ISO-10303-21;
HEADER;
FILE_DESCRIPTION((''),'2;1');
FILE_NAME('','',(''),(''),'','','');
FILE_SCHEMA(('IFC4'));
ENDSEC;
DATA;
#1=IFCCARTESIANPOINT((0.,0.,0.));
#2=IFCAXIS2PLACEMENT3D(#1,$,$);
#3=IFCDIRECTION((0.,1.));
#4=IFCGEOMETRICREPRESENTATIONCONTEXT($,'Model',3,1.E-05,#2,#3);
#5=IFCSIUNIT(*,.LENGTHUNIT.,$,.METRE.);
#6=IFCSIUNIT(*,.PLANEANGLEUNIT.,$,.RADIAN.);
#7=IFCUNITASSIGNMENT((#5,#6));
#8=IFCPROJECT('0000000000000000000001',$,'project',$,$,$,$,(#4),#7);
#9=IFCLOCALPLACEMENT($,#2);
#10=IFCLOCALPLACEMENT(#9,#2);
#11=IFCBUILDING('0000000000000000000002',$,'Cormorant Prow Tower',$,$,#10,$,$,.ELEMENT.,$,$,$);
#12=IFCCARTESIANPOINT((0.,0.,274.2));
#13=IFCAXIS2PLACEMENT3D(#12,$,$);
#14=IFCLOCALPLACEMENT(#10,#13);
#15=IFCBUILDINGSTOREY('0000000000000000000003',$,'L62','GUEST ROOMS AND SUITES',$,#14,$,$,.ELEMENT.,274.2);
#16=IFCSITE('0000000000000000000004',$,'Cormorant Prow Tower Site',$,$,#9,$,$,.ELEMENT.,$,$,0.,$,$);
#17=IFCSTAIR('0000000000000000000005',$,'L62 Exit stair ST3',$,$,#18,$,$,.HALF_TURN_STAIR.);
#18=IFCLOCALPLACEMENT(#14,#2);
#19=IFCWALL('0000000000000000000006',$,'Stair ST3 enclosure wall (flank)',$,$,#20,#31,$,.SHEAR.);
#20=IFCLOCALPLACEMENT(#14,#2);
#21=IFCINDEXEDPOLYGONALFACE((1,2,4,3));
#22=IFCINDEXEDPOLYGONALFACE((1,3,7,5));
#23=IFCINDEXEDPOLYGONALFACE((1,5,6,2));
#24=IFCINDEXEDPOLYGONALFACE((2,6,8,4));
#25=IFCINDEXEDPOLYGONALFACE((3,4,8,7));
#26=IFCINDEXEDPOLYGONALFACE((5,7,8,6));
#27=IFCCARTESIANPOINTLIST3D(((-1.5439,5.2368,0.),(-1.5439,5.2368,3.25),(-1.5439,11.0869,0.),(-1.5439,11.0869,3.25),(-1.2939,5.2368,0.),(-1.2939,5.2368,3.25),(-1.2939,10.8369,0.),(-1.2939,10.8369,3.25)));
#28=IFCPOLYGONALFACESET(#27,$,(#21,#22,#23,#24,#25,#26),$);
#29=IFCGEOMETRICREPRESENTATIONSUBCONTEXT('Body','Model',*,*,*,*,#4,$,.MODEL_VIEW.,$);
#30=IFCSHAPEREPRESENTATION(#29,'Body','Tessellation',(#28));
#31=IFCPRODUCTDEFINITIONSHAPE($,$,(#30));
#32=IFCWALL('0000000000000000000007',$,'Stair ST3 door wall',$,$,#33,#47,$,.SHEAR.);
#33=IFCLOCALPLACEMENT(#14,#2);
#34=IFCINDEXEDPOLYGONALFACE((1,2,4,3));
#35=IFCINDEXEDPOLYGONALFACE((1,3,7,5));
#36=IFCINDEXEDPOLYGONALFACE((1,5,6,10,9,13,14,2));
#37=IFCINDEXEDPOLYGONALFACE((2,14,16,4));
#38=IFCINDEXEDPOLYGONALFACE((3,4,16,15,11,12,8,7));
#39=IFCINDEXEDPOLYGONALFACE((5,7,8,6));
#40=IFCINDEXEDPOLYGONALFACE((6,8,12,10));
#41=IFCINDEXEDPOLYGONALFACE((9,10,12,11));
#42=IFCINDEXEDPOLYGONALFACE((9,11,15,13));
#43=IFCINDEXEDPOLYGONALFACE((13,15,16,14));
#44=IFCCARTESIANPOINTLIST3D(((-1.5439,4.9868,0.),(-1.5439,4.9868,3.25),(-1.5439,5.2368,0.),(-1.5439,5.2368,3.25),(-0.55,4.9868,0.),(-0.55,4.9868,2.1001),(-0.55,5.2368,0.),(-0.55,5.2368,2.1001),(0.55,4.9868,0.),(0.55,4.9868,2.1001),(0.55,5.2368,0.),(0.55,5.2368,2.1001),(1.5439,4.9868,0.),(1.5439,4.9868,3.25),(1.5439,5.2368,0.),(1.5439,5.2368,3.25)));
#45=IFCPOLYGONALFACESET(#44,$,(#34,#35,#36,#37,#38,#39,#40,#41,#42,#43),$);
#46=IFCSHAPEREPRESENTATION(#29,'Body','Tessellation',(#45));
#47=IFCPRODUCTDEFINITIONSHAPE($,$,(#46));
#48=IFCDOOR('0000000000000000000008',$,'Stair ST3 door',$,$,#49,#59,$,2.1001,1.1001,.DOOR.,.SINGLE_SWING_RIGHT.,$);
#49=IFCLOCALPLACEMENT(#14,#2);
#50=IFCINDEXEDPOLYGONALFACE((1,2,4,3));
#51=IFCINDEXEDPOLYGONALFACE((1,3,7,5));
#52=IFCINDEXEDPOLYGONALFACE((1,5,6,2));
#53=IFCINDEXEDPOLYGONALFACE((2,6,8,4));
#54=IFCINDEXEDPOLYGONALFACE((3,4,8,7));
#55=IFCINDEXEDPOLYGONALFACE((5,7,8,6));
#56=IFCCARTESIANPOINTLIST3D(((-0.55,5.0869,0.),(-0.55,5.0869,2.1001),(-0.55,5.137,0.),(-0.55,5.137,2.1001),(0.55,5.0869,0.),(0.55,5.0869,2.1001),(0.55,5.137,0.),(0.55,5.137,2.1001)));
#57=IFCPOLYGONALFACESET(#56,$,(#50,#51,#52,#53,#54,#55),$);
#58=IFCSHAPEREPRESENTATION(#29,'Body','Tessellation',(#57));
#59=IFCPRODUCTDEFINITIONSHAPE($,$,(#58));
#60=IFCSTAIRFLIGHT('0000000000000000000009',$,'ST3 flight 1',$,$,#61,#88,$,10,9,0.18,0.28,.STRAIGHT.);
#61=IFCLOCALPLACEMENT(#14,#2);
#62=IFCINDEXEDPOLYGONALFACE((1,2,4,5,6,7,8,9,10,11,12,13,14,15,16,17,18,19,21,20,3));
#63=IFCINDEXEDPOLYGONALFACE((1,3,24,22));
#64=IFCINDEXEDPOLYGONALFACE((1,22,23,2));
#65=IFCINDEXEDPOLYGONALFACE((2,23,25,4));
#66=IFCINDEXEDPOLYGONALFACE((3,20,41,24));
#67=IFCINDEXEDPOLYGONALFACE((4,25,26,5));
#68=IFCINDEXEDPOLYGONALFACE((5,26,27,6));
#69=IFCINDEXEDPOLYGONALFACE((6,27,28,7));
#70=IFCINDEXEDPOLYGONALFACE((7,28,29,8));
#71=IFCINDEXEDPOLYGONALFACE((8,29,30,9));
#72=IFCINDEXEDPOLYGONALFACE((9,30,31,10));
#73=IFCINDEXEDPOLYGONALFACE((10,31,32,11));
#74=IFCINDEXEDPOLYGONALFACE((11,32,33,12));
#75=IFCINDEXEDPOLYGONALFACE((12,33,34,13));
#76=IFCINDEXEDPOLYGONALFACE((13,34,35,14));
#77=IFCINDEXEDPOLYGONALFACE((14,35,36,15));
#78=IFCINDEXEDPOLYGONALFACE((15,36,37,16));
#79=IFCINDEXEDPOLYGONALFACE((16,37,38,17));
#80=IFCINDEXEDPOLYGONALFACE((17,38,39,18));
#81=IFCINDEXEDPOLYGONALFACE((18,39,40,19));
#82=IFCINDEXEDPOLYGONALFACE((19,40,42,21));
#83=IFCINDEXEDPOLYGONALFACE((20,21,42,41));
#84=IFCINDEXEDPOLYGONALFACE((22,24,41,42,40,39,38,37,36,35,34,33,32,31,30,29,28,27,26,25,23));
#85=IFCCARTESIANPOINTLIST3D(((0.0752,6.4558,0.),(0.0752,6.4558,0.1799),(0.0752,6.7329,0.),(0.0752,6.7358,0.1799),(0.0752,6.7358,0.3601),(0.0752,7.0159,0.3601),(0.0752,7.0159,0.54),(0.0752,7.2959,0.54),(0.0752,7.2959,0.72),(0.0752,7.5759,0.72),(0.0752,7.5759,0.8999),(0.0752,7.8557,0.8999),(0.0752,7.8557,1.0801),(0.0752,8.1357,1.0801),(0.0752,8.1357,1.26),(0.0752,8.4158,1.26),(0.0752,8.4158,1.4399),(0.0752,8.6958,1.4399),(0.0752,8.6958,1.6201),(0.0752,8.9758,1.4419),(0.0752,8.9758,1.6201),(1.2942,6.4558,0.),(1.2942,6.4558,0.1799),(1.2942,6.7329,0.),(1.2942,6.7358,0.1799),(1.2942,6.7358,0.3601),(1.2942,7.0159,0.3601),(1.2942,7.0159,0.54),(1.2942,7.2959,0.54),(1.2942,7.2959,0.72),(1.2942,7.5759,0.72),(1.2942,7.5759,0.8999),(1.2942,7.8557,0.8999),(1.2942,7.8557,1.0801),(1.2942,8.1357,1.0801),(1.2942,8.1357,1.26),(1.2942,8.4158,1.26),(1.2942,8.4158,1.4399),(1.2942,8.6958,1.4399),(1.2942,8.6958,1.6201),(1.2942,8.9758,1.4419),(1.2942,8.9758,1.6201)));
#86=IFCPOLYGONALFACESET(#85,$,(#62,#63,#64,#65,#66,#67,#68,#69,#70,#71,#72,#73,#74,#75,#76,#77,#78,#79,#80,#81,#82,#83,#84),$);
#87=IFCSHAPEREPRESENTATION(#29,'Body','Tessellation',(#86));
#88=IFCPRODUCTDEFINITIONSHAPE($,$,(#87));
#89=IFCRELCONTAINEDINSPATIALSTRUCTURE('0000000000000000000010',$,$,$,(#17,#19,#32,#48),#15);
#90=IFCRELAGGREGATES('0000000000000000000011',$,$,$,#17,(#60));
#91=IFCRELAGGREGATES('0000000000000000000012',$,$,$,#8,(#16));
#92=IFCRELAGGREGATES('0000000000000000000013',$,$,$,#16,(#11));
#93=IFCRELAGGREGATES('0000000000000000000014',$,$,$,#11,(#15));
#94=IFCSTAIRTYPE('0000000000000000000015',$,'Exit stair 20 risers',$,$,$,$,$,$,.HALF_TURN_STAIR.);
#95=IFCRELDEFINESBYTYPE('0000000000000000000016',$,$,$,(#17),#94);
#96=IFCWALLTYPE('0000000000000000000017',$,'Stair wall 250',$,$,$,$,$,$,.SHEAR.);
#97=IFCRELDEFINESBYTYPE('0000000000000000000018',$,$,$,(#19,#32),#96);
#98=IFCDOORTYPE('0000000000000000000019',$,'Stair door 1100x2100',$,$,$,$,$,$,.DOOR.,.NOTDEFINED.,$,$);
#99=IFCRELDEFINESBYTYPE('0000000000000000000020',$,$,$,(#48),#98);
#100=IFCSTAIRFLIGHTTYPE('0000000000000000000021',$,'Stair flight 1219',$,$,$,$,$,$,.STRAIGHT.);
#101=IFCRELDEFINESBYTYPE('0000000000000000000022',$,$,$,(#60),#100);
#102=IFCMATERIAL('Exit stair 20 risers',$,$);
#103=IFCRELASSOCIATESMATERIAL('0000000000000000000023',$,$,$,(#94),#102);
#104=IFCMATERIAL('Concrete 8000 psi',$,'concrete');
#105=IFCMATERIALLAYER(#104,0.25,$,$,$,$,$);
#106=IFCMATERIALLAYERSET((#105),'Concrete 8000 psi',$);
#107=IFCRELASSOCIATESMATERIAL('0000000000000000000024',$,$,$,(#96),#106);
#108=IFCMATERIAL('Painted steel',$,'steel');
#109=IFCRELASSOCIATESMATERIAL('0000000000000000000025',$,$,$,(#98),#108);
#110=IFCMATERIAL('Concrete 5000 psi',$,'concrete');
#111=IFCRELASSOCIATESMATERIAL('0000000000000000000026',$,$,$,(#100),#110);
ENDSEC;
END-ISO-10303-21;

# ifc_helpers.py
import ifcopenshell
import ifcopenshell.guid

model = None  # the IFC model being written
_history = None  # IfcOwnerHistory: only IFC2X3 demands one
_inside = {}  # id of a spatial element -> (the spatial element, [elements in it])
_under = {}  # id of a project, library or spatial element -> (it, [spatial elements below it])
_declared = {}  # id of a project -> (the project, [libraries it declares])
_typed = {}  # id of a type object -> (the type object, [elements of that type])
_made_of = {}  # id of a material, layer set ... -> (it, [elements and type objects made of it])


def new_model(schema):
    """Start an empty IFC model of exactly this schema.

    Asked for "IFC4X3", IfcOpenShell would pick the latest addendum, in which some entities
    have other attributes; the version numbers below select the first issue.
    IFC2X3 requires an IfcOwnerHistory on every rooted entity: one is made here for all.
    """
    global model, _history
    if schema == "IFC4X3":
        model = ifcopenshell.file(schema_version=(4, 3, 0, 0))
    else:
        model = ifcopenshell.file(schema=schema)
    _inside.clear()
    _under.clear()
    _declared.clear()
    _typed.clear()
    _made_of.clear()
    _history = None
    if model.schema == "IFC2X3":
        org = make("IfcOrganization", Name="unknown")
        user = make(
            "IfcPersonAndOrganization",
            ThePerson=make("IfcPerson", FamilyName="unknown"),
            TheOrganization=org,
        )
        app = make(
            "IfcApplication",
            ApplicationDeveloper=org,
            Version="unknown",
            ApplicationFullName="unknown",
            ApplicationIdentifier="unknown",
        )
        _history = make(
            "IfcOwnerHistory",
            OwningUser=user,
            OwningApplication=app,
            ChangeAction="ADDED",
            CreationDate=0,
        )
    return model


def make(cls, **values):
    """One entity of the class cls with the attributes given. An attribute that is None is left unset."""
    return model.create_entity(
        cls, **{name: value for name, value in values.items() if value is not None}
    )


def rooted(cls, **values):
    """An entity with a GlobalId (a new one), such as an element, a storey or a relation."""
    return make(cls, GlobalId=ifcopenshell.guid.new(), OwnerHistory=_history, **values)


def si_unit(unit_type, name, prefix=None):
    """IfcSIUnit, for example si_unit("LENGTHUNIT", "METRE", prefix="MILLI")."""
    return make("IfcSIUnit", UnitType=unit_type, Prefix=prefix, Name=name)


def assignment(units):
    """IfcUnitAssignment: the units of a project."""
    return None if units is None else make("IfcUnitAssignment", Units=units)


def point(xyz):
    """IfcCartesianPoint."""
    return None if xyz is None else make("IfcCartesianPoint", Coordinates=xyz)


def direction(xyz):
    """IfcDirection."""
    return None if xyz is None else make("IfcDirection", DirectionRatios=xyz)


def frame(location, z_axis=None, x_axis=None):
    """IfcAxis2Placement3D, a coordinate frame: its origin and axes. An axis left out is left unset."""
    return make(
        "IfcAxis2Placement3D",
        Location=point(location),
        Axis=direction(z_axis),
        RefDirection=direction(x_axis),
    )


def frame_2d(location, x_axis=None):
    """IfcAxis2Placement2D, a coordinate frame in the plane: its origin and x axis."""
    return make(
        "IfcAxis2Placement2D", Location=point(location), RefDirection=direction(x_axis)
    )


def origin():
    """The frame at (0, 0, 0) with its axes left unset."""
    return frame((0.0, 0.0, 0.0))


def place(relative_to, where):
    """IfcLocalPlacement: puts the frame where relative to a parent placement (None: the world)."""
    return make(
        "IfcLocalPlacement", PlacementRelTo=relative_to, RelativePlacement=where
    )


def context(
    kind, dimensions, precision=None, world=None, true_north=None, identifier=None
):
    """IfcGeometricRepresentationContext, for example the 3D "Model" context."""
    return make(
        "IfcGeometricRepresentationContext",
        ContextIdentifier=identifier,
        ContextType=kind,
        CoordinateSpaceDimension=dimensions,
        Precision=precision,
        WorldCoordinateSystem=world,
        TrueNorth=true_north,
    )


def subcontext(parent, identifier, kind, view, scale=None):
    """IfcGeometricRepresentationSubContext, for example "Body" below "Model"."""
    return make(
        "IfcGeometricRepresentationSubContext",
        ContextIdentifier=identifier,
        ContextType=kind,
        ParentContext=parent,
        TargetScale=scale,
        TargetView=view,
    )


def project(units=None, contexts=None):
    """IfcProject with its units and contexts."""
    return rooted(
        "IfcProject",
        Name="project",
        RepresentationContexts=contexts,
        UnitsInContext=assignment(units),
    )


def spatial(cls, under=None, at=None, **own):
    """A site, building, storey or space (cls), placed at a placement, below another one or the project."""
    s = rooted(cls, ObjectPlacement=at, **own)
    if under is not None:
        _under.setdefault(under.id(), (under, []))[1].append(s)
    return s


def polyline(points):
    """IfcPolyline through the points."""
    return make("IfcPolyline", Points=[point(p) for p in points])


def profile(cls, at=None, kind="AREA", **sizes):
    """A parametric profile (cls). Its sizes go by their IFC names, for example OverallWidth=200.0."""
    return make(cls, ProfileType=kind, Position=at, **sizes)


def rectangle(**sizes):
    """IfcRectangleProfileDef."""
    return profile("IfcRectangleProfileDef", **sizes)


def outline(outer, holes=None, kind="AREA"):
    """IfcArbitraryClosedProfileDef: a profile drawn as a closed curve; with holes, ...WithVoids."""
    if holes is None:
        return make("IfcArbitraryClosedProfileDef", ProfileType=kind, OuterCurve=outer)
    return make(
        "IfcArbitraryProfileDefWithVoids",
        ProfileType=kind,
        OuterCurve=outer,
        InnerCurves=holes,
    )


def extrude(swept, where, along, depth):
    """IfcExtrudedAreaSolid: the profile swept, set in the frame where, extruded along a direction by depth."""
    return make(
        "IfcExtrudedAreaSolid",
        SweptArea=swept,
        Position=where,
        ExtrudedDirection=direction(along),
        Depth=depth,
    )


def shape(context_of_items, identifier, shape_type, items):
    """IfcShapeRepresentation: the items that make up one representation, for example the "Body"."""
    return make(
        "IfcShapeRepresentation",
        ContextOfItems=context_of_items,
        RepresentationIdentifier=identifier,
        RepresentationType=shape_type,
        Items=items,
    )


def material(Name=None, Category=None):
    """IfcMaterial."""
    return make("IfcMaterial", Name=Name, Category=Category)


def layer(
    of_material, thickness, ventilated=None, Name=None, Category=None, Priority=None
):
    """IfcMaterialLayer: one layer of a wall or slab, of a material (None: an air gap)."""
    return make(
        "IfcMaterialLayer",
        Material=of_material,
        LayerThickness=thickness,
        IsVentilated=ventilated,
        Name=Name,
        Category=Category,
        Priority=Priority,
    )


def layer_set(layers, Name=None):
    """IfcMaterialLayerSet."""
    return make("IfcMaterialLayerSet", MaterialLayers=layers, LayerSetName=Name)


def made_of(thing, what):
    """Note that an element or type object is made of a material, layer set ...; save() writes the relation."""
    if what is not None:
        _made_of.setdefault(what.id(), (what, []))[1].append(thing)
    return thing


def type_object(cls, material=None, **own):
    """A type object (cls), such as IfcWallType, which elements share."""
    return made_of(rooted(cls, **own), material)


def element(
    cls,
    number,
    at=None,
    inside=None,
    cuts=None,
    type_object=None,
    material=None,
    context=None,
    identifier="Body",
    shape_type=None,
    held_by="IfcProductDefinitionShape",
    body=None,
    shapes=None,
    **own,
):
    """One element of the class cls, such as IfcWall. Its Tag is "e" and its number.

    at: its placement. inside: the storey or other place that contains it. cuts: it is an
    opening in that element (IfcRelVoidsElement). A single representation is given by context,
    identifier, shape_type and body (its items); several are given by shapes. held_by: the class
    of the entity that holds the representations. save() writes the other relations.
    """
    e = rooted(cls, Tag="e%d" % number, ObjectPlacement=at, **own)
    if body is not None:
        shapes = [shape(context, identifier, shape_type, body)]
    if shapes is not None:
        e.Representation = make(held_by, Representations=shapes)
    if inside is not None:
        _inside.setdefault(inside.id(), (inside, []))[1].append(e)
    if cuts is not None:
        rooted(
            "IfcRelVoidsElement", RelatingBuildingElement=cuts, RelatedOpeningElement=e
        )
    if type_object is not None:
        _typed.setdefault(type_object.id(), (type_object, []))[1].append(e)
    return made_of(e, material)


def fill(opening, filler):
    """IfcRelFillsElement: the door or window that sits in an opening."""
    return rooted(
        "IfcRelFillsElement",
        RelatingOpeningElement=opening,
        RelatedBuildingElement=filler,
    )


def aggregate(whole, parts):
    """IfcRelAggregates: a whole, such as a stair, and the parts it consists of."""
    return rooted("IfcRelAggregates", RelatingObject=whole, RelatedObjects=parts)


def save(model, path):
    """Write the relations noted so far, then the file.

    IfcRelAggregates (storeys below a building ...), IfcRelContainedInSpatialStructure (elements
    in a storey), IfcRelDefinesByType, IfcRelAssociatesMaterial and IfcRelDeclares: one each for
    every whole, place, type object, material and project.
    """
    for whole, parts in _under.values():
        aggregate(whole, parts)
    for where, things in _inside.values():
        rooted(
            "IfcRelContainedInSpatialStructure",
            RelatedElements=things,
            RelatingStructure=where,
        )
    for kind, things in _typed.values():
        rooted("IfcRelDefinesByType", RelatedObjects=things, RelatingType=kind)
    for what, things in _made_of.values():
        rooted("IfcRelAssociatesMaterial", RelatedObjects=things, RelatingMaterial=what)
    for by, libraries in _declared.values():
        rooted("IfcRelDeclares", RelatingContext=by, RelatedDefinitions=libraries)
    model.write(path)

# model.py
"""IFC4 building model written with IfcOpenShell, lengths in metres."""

from ifc_helpers import new_model, si_unit, direction, frame, frame_2d, origin, place, context, subcontext, project, spatial, polyline, rectangle, outline, extrude, material, layer, layer_set, type_object, element, fill, aggregate, save


model = new_model("IFC4")

# Units and contexts
model_context = context("Model", 3, precision=1e-05, world=origin(), true_north=direction((0.0, 1.0)))
body_context = subcontext(model_context, "Body", "Model", "MODEL_VIEW")
ifc_project = project(units=[si_unit("LENGTHUNIT", "METRE"), si_unit("PLANEANGLEUNIT", "RADIAN")], contexts=[model_context])

# Site, building, storey
site_placement = place(None, origin())
site = spatial("IfcSite", under=ifc_project, at=site_placement, Name="Cormorant Prow Tower Site", CompositionType="ELEMENT", RefElevation=0.0)
building_placement = place(site_placement, origin())
building = spatial("IfcBuilding", under=site, at=building_placement, Name="Cormorant Prow Tower", CompositionType="ELEMENT")
storey_placement = place(building_placement, frame((0.0, 0.0, 274.2)))
storey = spatial("IfcBuildingStorey", under=building, at=storey_placement, Name="L62", Description="GUEST ROOMS AND SUITES", CompositionType="ELEMENT", Elevation=274.2)

# Stair
ifc_material_1 = material(Name="Exit stair 20 risers")
stair_type = type_object("IfcStairType", Name="Exit stair 20 risers", PredefinedType="HALF_TURN_STAIR", material=ifc_material_1)
stair_1_placement = place(storey_placement, origin())
stair_1 = element("IfcStair", 1, at=stair_1_placement, inside=storey, type_object=stair_type, Name="L62 Exit stair ST3", PredefinedType="HALF_TURN_STAIR")

# Wall
ifc_material_2 = material(Name="Concrete 8000 psi", Category="concrete")
ifc_layer_1 = layer(ifc_material_2, 0.25)
ifc_layer_set_1 = layer_set([ifc_layer_1], Name="Concrete 8000 psi")
wall_type_1 = type_object("IfcWallType", Name="Stair wall 250", PredefinedType="SHEAR", material=ifc_layer_set_1)
wall_1_placement = place(storey_placement, origin())
element("IfcWall", 2, at=wall_1_placement, inside=storey, type_object=wall_type_1, Name="Stair ST3 enclosure wall (flank)", PredefinedType="SHEAR", context=body_context, shape_type="SweptSolid", body=[
    extrude(outline(polyline([(-1.2939, 10.8369), (-1.5439, 11.0869), (-1.5439, 5.2368), (-1.2939, 5.2368), (-1.2939, 10.8369)])), origin(), (0.0, 0.0, 1.0), 3.25),
])

# Wall, opening, door
wall_2_placement = place(storey_placement, frame((1.5439, 5.1118, 0.0), z_axis=(0.0, 0.0, 1.0), x_axis=(-1.0, 0.0, 0.0)))
wall_2 = element("IfcWall", 3, at=wall_2_placement, inside=storey, type_object=wall_type_1, Name="Stair ST3 door wall", PredefinedType="SHEAR", context=body_context, shape_type="SweptSolid", body=[
    extrude(rectangle(XDim=3.0879, YDim=0.25, at=frame_2d((1.5439, 0.0))), origin(), (0.0, 0.0, 1.0), 3.25),
])
opening_placement = place(wall_2_placement, frame((0.9939, 0.0, 0.0)))
opening = element("IfcOpeningElement", 4, at=opening_placement, cuts=wall_2, PredefinedType="OPENING", context=body_context, shape_type="SweptSolid", body=[
    extrude(rectangle(XDim=1.1001, YDim=2.1001, at=frame_2d((0.55, 1.05))), frame((0.0, 0.135, 0.0), z_axis=(0.0, -1.0, 0.0), x_axis=(1.0, 0.0, 0.0)), (0.0, 0.0, 1.0), 0.27),
])
ifc_material_3 = material(Name="Painted steel", Category="steel")
door_type = type_object("IfcDoorType", Name="Stair door 1100x2100", OperationType="NOTDEFINED", PredefinedType="DOOR", material=ifc_material_3)
door_placement = place(opening_placement, origin())
door = element("IfcDoor", 5, at=door_placement, inside=storey, type_object=door_type, Name="Stair ST3 door", OperationType="SINGLE_SWING_RIGHT", OverallHeight=2.1001, OverallWidth=1.1001, PredefinedType="DOOR", context=body_context, shape_type="SweptSolid", body=[
    extrude(rectangle(XDim=1.1001, YDim=2.1001, at=frame_2d((0.55, 1.05))), frame((0.0, 0.0249, 0.0), z_axis=(0.0, -1.0, 0.0), x_axis=(1.0, 0.0, 0.0)), (0.0, 0.0, 1.0), 0.05),
])
fill(opening, door)

# Stair flight
ifc_material_4 = material(Name="Concrete 5000 psi", Category="concrete")
stair_flight_type = type_object("IfcStairFlightType", Name="Stair flight 1219", PredefinedType="STRAIGHT", material=ifc_material_4)
stair_flight_placement = place(storey_placement, frame((0.6846, 6.4558, 0.0), z_axis=(0.0, 0.0, 1.0), x_axis=(0.0, 1.0, 0.0)))
stair_flight = element("IfcStairFlight", 6, at=stair_flight_placement, type_object=stair_flight_type, Name="ST3 flight 1", NumberOfRisers=10, NumberOfTreads=9, PredefinedType="STRAIGHT", RiserHeight=0.18, TreadLength=0.28, context=body_context, shape_type="SweptSolid", body=[
    extrude(outline(polyline([(0.0, 0.0), (0.0, 0.1799), (0.28, 0.1799), (0.28, 0.3601), (0.5601, 0.3601), (0.5601, 0.54), (0.8401, 0.54), (0.8401, 0.72), (1.1201, 0.72), (1.1201, 0.8999), (1.3999, 0.8999), (1.3999, 1.0801), (1.6799, 1.0801), (1.6799, 1.26), (1.96, 1.26), (1.96, 1.4399), (2.24, 1.4399), (2.24, 1.6201), (2.52, 1.6201), (2.52, 1.8), (2.52, 1.4419), (0.2771, 0.0), (0.0, 0.0)])), frame((0.0, 0.6094, 0.0), z_axis=(0.0, -1.0, 0.0), x_axis=(1.0, 0.0, 0.0)), (0.0, 0.0, 1.0), 1.219),
])
aggregate(stair_1, [stair_flight])

save(model, "model.ifc")
